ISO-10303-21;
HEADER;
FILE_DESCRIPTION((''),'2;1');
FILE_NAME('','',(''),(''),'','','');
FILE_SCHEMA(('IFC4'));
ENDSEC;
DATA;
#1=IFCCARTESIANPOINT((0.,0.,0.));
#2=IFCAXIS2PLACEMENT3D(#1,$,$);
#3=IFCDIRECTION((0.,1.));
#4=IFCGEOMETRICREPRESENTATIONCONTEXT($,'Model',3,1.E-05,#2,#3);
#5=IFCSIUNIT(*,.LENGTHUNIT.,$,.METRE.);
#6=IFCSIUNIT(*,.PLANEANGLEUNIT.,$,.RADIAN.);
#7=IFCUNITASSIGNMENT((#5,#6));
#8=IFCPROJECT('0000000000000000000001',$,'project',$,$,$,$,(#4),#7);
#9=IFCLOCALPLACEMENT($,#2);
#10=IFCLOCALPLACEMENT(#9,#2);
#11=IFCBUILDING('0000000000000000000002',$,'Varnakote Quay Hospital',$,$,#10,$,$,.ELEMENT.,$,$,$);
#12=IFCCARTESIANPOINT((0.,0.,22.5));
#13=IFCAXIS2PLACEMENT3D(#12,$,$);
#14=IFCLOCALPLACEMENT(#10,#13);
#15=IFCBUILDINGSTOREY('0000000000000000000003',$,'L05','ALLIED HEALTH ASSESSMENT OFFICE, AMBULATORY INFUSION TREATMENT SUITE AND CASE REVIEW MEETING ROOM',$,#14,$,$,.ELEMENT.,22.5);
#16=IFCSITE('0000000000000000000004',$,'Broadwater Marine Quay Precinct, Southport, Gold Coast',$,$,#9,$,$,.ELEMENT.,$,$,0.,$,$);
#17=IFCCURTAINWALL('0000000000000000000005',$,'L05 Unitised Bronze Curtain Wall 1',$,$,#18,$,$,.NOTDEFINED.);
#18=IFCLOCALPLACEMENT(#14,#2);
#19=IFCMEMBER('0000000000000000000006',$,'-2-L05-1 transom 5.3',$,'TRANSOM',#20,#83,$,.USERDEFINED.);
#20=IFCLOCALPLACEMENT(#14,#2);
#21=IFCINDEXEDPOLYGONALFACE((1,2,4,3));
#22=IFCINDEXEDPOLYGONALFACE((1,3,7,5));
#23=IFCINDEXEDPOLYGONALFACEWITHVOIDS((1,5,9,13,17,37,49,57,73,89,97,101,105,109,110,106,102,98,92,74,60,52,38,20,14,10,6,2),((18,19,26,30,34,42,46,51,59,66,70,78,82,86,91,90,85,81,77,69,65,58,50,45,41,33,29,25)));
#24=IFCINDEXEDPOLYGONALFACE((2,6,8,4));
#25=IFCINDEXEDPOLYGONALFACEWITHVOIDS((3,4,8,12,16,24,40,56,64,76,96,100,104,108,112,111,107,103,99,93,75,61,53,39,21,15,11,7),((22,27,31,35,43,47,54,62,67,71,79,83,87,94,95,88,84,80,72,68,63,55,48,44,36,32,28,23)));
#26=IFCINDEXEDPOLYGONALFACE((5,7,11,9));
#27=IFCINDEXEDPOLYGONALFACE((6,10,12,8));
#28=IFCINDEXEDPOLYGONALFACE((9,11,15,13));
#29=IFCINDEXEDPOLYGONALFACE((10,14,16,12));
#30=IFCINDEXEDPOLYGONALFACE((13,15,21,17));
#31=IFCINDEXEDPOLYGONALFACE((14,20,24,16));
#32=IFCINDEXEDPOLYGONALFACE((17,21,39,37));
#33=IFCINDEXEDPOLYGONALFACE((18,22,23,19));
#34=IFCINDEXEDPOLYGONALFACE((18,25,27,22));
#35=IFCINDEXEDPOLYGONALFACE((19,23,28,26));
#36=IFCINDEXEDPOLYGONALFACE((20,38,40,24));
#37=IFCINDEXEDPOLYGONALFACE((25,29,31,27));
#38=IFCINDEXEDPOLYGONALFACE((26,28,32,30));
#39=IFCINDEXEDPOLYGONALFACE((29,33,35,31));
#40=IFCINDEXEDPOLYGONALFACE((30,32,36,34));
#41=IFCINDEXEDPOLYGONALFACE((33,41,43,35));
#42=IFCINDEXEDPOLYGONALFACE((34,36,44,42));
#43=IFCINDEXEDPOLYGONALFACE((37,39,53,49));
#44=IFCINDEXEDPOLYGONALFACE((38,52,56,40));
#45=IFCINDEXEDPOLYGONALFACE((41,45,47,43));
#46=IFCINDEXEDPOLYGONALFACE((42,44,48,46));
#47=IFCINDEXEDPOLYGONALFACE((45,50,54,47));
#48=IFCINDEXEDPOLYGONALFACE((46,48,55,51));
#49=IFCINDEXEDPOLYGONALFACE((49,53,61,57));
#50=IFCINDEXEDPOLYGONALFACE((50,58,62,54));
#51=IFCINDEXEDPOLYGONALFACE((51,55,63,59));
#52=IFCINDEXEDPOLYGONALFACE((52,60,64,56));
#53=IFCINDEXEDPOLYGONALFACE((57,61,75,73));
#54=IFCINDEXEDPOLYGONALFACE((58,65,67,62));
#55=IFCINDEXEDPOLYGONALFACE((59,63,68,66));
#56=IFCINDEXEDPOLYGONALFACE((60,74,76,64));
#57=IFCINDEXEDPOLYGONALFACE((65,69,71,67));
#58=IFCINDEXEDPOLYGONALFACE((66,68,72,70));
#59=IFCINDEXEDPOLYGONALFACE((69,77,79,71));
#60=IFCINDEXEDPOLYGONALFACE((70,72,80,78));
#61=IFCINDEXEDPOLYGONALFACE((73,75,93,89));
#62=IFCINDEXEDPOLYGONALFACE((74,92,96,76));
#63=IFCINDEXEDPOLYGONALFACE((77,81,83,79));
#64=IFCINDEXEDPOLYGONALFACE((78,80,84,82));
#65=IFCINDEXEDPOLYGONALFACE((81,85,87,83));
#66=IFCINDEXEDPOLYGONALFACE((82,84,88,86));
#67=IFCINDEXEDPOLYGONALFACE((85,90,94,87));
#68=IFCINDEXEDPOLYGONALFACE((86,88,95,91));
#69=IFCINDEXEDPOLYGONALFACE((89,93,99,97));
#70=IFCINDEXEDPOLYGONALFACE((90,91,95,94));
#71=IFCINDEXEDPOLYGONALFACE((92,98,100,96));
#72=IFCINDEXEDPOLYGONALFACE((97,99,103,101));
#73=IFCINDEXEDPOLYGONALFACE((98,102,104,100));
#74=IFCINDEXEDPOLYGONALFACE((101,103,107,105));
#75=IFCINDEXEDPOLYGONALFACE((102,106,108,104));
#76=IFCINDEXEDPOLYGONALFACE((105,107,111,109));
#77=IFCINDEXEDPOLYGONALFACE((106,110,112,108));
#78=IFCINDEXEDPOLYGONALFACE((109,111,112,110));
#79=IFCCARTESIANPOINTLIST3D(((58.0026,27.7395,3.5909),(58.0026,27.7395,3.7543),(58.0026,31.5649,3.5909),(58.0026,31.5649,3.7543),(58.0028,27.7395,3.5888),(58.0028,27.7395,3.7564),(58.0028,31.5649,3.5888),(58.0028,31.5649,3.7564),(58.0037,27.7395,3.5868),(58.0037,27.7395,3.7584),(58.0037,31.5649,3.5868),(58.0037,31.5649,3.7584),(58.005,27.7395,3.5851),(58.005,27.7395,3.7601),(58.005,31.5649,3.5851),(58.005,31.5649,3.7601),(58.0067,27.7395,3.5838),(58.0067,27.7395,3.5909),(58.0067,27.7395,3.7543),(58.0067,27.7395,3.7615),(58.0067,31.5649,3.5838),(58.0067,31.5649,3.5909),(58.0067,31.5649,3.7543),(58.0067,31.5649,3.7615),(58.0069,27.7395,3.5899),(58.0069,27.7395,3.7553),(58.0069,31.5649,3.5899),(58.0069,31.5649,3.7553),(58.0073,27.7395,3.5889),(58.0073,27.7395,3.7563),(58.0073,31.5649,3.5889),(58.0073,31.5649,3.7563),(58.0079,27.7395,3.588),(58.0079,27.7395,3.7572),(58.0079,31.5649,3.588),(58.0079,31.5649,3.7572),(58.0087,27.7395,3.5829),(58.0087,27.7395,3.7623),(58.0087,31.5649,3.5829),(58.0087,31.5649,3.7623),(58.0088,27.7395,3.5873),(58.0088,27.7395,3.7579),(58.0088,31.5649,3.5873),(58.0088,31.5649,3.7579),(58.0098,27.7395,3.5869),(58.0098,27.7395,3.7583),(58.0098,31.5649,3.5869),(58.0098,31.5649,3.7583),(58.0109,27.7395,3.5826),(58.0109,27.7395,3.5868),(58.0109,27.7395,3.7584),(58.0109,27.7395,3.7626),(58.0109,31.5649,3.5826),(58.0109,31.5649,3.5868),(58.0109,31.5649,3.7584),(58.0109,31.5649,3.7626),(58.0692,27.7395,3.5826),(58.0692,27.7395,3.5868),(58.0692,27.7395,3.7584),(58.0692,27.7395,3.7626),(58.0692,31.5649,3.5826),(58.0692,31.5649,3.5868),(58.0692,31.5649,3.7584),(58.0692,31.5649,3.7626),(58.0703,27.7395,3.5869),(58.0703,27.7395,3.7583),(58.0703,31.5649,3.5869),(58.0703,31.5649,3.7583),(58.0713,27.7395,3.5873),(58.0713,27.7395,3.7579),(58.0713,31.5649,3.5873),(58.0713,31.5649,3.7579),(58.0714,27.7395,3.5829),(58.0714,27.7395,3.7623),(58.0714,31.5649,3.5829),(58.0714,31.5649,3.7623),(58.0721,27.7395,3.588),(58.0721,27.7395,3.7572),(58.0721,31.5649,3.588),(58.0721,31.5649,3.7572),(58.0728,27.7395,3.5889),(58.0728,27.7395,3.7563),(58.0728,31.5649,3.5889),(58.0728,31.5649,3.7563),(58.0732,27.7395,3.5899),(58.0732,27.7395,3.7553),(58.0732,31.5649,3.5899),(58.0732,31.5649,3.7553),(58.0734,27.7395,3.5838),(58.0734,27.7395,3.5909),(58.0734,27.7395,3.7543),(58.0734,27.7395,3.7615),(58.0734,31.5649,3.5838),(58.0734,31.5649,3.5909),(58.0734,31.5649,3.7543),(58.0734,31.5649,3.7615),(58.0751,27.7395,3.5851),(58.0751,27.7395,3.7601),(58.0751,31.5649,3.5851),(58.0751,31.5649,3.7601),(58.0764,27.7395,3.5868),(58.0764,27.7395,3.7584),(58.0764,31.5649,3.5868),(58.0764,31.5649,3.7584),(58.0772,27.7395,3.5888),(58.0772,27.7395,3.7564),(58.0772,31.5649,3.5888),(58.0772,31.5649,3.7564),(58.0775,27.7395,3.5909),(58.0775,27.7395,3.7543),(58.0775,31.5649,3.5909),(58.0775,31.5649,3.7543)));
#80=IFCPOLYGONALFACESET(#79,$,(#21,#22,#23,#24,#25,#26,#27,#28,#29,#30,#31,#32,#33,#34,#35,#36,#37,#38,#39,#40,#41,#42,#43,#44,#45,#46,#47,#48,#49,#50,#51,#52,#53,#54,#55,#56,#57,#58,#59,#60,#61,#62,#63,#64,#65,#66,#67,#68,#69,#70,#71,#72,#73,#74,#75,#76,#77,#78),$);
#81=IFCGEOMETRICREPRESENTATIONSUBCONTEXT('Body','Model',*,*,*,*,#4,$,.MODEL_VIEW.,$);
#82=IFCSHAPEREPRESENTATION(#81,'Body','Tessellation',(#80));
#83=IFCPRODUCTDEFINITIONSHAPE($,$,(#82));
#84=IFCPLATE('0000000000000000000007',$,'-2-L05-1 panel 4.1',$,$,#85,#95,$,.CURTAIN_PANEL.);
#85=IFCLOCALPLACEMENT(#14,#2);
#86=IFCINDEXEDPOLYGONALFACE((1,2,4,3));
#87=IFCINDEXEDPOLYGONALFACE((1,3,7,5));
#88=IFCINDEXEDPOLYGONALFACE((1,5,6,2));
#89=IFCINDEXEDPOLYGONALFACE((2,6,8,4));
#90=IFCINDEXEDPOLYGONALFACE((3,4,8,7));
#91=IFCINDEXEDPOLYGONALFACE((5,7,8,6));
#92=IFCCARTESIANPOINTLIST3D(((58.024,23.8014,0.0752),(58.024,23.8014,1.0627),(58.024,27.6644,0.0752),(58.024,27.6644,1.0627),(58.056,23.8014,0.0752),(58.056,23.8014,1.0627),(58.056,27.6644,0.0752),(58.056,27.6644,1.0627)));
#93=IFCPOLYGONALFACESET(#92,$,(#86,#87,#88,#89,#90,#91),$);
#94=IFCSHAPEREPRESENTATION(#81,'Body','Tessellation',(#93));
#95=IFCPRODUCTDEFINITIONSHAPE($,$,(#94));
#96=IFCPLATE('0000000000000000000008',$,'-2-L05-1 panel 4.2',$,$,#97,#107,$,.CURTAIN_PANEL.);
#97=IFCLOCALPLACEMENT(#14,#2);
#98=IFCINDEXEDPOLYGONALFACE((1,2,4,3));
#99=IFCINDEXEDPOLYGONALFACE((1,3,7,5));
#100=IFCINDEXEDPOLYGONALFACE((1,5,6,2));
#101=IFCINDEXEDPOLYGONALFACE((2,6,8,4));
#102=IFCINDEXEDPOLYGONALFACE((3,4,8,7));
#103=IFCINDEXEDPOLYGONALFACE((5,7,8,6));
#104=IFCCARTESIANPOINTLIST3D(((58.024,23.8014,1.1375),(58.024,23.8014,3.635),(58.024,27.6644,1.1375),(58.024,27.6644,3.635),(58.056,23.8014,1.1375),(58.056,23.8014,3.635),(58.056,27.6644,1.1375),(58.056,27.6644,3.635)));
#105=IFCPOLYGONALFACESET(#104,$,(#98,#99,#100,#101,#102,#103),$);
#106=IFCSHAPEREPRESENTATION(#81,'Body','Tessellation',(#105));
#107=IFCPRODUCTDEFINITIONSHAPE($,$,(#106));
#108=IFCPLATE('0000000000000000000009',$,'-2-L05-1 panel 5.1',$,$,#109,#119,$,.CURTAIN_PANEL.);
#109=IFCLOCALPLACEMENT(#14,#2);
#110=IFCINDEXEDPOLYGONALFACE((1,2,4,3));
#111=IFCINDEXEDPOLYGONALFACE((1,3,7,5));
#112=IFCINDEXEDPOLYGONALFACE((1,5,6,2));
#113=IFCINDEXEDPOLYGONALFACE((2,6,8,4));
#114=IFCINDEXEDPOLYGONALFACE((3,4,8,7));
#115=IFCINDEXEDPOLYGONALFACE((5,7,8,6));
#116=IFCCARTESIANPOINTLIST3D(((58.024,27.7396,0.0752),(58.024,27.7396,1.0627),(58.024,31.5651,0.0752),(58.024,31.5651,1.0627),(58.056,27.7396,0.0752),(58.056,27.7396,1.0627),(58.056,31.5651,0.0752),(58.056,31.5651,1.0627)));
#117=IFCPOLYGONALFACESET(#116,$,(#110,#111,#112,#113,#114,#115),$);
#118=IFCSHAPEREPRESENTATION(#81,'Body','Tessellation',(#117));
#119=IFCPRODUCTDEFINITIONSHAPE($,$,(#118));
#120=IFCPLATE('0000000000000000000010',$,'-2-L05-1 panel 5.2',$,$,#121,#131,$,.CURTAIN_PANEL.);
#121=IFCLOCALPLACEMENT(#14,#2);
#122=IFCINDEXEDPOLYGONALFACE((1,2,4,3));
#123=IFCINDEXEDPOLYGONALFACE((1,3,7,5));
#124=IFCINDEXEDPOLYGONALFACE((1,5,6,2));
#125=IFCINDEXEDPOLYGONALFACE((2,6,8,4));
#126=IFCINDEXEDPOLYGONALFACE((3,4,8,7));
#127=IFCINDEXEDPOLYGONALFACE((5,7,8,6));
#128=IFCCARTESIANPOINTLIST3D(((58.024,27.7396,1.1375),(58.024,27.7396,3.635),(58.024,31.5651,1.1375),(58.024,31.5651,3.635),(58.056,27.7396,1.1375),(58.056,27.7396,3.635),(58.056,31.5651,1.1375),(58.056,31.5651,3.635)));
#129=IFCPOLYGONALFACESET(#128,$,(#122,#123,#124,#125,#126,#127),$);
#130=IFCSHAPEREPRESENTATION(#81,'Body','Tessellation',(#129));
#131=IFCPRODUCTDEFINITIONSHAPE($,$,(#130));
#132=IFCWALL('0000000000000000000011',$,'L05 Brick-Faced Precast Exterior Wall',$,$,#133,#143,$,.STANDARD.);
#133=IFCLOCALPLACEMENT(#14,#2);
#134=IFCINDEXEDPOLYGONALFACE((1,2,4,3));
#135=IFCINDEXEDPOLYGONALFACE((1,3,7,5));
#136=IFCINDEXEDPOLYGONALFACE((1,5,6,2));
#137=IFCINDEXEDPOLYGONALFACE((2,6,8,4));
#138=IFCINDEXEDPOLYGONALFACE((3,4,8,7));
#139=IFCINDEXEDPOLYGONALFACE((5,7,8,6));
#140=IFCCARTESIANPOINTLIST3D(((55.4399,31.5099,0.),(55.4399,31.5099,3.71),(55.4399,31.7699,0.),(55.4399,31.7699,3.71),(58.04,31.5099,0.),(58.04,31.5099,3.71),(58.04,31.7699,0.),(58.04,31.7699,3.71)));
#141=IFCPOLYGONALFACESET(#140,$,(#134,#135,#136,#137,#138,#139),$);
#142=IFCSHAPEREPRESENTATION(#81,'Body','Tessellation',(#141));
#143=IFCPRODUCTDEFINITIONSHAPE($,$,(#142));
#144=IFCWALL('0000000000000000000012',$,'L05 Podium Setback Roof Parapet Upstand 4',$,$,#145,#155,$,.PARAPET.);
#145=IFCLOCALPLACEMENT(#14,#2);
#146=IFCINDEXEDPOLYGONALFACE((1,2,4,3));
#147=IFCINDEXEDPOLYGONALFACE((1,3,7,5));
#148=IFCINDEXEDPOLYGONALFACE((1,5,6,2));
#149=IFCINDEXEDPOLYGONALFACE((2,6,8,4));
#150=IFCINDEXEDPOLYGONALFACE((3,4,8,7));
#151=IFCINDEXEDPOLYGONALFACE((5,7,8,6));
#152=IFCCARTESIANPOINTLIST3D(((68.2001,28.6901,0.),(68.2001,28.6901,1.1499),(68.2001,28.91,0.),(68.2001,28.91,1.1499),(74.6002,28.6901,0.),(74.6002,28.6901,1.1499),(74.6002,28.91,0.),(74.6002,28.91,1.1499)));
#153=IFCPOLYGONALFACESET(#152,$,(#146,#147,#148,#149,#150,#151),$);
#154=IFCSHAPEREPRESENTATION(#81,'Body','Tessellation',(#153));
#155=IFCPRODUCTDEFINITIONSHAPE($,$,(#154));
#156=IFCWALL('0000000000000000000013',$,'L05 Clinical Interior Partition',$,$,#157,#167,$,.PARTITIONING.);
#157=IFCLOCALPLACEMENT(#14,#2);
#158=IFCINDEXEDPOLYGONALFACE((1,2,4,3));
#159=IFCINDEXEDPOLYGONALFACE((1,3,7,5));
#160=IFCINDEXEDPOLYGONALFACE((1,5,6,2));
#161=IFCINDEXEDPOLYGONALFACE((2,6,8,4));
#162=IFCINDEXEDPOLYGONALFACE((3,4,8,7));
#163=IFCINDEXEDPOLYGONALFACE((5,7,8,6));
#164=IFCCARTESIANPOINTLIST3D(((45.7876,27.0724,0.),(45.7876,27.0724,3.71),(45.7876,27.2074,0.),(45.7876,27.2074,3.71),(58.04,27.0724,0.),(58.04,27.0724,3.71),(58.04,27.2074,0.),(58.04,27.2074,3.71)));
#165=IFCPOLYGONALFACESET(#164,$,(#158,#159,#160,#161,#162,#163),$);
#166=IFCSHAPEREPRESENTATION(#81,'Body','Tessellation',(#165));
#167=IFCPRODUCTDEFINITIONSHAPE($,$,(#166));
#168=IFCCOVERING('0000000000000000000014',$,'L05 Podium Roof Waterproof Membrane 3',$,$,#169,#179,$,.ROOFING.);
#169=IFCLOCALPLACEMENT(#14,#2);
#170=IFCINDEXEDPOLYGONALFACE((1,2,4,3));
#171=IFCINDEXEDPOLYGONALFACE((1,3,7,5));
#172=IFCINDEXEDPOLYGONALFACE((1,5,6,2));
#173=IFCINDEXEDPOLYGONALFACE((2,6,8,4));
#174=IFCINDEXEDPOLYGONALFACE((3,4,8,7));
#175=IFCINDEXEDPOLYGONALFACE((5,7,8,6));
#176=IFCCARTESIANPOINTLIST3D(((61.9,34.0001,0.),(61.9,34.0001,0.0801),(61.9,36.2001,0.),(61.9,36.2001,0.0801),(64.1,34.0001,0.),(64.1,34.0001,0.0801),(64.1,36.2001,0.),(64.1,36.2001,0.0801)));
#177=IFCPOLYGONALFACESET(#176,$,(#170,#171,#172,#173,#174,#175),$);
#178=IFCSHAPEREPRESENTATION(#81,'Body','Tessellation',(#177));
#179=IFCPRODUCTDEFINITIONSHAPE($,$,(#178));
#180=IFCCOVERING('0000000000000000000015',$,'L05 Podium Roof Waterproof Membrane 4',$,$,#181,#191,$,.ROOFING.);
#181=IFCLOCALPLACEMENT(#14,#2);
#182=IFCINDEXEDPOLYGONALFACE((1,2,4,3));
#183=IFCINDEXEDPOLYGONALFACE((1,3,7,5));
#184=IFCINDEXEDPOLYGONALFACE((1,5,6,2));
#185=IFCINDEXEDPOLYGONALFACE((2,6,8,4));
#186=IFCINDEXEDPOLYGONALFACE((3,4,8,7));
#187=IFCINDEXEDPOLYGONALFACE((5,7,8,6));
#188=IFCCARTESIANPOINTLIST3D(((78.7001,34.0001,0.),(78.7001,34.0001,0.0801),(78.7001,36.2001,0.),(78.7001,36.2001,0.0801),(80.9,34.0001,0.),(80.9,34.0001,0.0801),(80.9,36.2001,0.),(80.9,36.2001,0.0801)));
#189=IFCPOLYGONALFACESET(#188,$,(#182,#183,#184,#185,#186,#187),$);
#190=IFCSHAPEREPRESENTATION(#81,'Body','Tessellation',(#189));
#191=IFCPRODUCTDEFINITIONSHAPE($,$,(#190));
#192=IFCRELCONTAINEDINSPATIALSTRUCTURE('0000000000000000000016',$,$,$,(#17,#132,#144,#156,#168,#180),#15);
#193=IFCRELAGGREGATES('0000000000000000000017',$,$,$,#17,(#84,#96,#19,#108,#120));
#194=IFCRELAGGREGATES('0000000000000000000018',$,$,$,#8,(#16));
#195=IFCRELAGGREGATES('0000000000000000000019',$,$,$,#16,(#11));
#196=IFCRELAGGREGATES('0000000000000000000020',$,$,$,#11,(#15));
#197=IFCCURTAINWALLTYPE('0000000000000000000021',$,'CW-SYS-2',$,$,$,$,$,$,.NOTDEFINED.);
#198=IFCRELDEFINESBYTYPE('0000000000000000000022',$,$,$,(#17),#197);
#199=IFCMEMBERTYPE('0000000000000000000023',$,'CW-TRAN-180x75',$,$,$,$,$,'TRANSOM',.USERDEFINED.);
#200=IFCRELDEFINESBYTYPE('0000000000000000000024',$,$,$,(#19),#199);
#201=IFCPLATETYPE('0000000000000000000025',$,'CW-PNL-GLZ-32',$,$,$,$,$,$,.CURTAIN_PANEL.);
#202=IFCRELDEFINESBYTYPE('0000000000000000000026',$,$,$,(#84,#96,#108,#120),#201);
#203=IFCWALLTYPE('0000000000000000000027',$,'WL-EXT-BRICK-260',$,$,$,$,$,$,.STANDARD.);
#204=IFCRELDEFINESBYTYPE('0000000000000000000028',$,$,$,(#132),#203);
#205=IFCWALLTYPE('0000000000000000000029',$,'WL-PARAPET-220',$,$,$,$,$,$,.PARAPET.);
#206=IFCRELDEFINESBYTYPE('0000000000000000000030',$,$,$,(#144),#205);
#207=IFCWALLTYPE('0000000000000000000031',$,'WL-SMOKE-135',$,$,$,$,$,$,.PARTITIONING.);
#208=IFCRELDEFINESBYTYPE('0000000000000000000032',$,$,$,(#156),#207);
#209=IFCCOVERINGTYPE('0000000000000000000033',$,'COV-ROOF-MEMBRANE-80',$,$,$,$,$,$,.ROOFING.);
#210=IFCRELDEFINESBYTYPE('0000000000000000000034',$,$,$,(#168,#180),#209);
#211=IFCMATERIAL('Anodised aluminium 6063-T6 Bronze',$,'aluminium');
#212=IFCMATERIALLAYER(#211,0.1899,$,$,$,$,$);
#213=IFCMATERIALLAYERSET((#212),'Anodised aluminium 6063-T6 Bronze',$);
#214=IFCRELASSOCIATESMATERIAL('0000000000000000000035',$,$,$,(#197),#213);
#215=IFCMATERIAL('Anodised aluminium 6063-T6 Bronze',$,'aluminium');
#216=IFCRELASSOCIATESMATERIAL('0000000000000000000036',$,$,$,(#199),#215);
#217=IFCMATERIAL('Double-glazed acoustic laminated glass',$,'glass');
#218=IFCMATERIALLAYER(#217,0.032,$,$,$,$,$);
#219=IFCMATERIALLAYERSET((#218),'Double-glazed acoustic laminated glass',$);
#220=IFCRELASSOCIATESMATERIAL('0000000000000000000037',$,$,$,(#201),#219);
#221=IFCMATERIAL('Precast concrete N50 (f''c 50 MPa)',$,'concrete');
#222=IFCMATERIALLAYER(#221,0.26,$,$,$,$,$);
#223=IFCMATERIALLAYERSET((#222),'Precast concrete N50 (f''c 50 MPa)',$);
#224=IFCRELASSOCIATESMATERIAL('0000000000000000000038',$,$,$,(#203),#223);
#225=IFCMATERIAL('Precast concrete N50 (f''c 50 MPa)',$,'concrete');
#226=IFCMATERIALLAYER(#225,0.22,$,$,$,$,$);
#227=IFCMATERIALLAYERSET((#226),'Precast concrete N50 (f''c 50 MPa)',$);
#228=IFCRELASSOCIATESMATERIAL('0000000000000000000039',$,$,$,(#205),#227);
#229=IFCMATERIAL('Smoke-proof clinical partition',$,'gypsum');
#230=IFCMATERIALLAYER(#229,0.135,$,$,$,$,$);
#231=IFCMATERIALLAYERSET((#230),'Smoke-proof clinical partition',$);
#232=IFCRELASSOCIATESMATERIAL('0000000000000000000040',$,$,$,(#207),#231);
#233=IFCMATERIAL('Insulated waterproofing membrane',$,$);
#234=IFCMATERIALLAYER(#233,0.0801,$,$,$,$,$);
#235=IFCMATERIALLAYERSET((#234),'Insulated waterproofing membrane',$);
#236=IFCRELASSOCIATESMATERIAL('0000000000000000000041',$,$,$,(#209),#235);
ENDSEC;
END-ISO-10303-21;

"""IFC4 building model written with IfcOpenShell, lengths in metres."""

from ifc_helpers import new_model, si_unit, direction, frame, frame_2d, origin, origin_2d, place, context, subcontext, project, spatial, rectangle, hollow_rectangle, extrude, material, layer, layer_set, material_profile, profile_set, type_object, element, aggregate, save


model = new_model("IFC4")

# Units and contexts
model_context = context("Model", 3, precision=1e-05, world=origin(), true_north=direction((0.0, 1.0)))
body_context = subcontext(model_context, "Body", "Model", "MODEL_VIEW")
ifc_project = project(units=[si_unit("LENGTHUNIT", "METRE"), si_unit("PLANEANGLEUNIT", "RADIAN")], contexts=[model_context])

# Site, building, storey
site_placement = place(None, origin())
site = spatial("IfcSite", under=ifc_project, at=site_placement, Name="Broadwater Marine Quay Precinct, Southport, Gold Coast", CompositionType="ELEMENT", RefElevation=0.0)
building_placement = place(site_placement, origin())
building = spatial("IfcBuilding", under=site, at=building_placement, Name="Varnakote Quay Hospital", CompositionType="ELEMENT")
storey_placement = place(building_placement, frame((0.0, 0.0, 22.5)))
storey = spatial("IfcBuildingStorey", under=building, at=storey_placement, Name="L05", Description="ALLIED HEALTH ASSESSMENT OFFICE, AMBULATORY INFUSION TREATMENT SUITE AND CASE REVIEW MEETING ROOM", CompositionType="ELEMENT", Elevation=22.5)

# Curtain wall, member, plates
ifc_material_1 = material(Name="Anodised aluminium 6063-T6 Bronze", Category="aluminium")
ifc_layer_1 = layer(ifc_material_1, 0.1899)
ifc_layer_set_1 = layer_set([ifc_layer_1], Name="Anodised aluminium 6063-T6 Bronze")
curtain_wall_type = type_object("IfcCurtainWallType", Name="CW-SYS-2", PredefinedType="NOTDEFINED", material=ifc_layer_set_1)
curtain_wall_placement = place(storey_placement, origin())
curtain_wall = element("IfcCurtainWall", 1, at=curtain_wall_placement, inside=storey, type_object=curtain_wall_type, Name="L05 Unitised Bronze Curtain Wall 1", PredefinedType="NOTDEFINED")
ifc_material_2 = material(Name="Anodised aluminium 6063-T6 Bronze", Category="aluminium")
ifc_material_profile_1 = material_profile(ifc_material_2, hollow_rectangle(XDim=0.075, YDim=0.1799, WallThickness=0.0042, InnerFilletRadius=0.0042, OuterFilletRadius=0.0083, at=origin_2d()), Name="CW-TRAN-180x75")
ifc_profile_set_1 = profile_set([ifc_material_profile_1], Name="Anodised aluminium 6063-T6 Bronze")
member_type_1 = type_object("IfcMemberType", Name="CW-TRAN-180x75", ElementType="TRANSOM", PredefinedType="USERDEFINED", material=ifc_profile_set_1)
member_1_placement = place(storey_placement, frame((58.04, 27.7395, 3.6726), z_axis=(0.0, 1.0, 0.0), x_axis=(-1.0, 0.0, 0.0)))
member_1 = element("IfcMember", 2, at=member_1_placement, type_object=member_type_1, Name="-2-L05-1 transom 5.3", ObjectType="TRANSOM", PredefinedType="USERDEFINED", context=body_context, shape_type="SweptSolid", body=[
    extrude(hollow_rectangle(XDim=0.075, YDim=0.1799, WallThickness=0.0042, InnerFilletRadius=0.0042, OuterFilletRadius=0.0083, at=origin_2d()), origin(), (0.0, 0.0, 1.0), 3.8254),
])
ifc_material_3 = material(Name="Double-glazed acoustic laminated glass", Category="glass")
ifc_layer_2 = layer(ifc_material_3, 0.032)
ifc_layer_set_2 = layer_set([ifc_layer_2], Name="Double-glazed acoustic laminated glass")
plate_type = type_object("IfcPlateType", Name="CW-PNL-GLZ-32", PredefinedType="CURTAIN_PANEL", material=ifc_layer_set_2)
plate_1_placement = place(storey_placement, frame((58.04, 25.7329, 0.0752), z_axis=(0.0, 0.0, 1.0), x_axis=(0.0, 1.0, 0.0)))
plate_1 = element("IfcPlate", 3, at=plate_1_placement, type_object=plate_type, Name="-2-L05-1 panel 4.1", PredefinedType="CURTAIN_PANEL", context=body_context, shape_type="SweptSolid", body=[
    extrude(rectangle(XDim=3.863, YDim=0.032, at=origin_2d()), origin(), (0.0, 0.0, 1.0), 0.9875),
])
plate_2_placement = place(storey_placement, frame((58.04, 25.7329, 1.1375), z_axis=(0.0, 0.0, 1.0), x_axis=(0.0, 1.0, 0.0)))
plate_2 = element("IfcPlate", 4, at=plate_2_placement, type_object=plate_type, Name="-2-L05-1 panel 4.2", PredefinedType="CURTAIN_PANEL", context=body_context, shape_type="SweptSolid", body=[
    extrude(rectangle(XDim=3.863, YDim=0.032, at=origin_2d()), origin(), (0.0, 0.0, 1.0), 2.4976),
])
plate_3_placement = place(storey_placement, frame((58.04, 29.6523, 0.0752), z_axis=(0.0, 0.0, 1.0), x_axis=(0.0, 1.0, 0.0)))
plate_3 = element("IfcPlate", 5, at=plate_3_placement, type_object=plate_type, Name="-2-L05-1 panel 5.1", PredefinedType="CURTAIN_PANEL", context=body_context, shape_type="SweptSolid", body=[
    extrude(rectangle(XDim=3.8254, YDim=0.032, at=origin_2d()), origin(), (0.0, 0.0, 1.0), 0.9875),
])
plate_4_placement = place(storey_placement, frame((58.04, 29.6523, 1.1375), z_axis=(0.0, 0.0, 1.0), x_axis=(0.0, 1.0, 0.0)))
plate_4 = element("IfcPlate", 6, at=plate_4_placement, type_object=plate_type, Name="-2-L05-1 panel 5.2", PredefinedType="CURTAIN_PANEL", context=body_context, shape_type="SweptSolid", body=[
    extrude(rectangle(XDim=3.8254, YDim=0.032, at=origin_2d()), origin(), (0.0, 0.0, 1.0), 2.4976),
])
aggregate(curtain_wall, [plate_1, plate_2, member_1, plate_3, plate_4])

# Walls
ifc_material_4 = material(Name="Precast concrete N50 (f'c 50 MPa)", Category="concrete")
ifc_layer_3 = layer(ifc_material_4, 0.26)
ifc_layer_set_3 = layer_set([ifc_layer_3], Name="Precast concrete N50 (f'c 50 MPa)")
wall_type_1 = type_object("IfcWallType", Name="WL-EXT-BRICK-260", PredefinedType="STANDARD", material=ifc_layer_set_3)
wall_1_placement = place(storey_placement, frame((58.04, 31.6399, 0.0), z_axis=(0.0, 0.0, 1.0), x_axis=(-1.0, 0.0, 0.0)))
element("IfcWall", 7, at=wall_1_placement, inside=storey, type_object=wall_type_1, Name="L05 Brick-Faced Precast Exterior Wall", PredefinedType="STANDARD", context=body_context, shape_type="SweptSolid", body=[
    extrude(rectangle(XDim=2.6001, YDim=0.26, at=frame_2d((1.3, 0.0))), origin(), (0.0, 0.0, 1.0), 3.71),
])
ifc_material_5 = material(Name="Precast concrete N50 (f'c 50 MPa)", Category="concrete")
ifc_layer_4 = layer(ifc_material_5, 0.22)
ifc_layer_set_4 = layer_set([ifc_layer_4], Name="Precast concrete N50 (f'c 50 MPa)")
wall_type_2 = type_object("IfcWallType", Name="WL-PARAPET-220", PredefinedType="PARAPET", material=ifc_layer_set_4)
wall_2_placement = place(storey_placement, frame((68.2, 28.8, 0.0), z_axis=(0.0, 0.0, 1.0), x_axis=(1.0, 0.0, 0.0)))
element("IfcWall", 8, at=wall_2_placement, inside=storey, type_object=wall_type_2, Name="L05 Podium Setback Roof Parapet Upstand 4", PredefinedType="PARAPET", context=body_context, shape_type="SweptSolid", body=[
    extrude(rectangle(XDim=6.4001, YDim=0.22, at=frame_2d((3.2002, 0.0))), origin(), (0.0, 0.0, 1.0), 1.1499),
])
ifc_material_6 = material(Name="Smoke-proof clinical partition", Category="gypsum")
ifc_layer_5 = layer(ifc_material_6, 0.135)
ifc_layer_set_5 = layer_set([ifc_layer_5], Name="Smoke-proof clinical partition")
wall_type_3 = type_object("IfcWallType", Name="WL-SMOKE-135", PredefinedType="PARTITIONING", material=ifc_layer_set_5)
wall_3_placement = place(storey_placement, frame((58.04, 27.1399, 0.0), z_axis=(0.0, 0.0, 1.0), x_axis=(-1.0, 0.0, 0.0)))
element("IfcWall", 9, at=wall_3_placement, inside=storey, type_object=wall_type_3, Name="L05 Clinical Interior Partition", PredefinedType="PARTITIONING", context=body_context, shape_type="SweptSolid", body=[
    extrude(rectangle(XDim=12.2524, YDim=0.135, at=frame_2d((6.1262, 0.0))), origin(), (0.0, 0.0, 1.0), 3.71),
])

# Coverings
ifc_material_7 = material(Name="Insulated waterproofing membrane")
ifc_layer_6 = layer(ifc_material_7, 0.0801)
ifc_layer_set_6 = layer_set([ifc_layer_6], Name="Insulated waterproofing membrane")
covering_type = type_object("IfcCoveringType", Name="COV-ROOF-MEMBRANE-80", PredefinedType="ROOFING", material=ifc_layer_set_6)
for number, where, z_axis, x_axis, name in (
    (10, (63.0, 35.1001, 0.0), (0.0, 0.0, 1.0), (1.0, 0.0, 0.0), "L05 Podium Roof Waterproof Membrane 3"),
    (11, (79.8, 35.1001, 0.0), (0.0, 0.0, 1.0), (1.0, 0.0, 0.0), "L05 Podium Roof Waterproof Membrane 4"),
):
    element("IfcCovering", number, at=place(storey_placement, frame(where, z_axis=z_axis, x_axis=x_axis)), inside=storey, type_object=covering_type, Name=name, PredefinedType="ROOFING", context=body_context, shape_type="SweptSolid", body=[
        extrude(rectangle(XDim=2.2, YDim=2.2, at=origin_2d()), origin(), (0.0, 0.0, 1.0), 0.0801),
    ])

save(model, "model.ifc")
